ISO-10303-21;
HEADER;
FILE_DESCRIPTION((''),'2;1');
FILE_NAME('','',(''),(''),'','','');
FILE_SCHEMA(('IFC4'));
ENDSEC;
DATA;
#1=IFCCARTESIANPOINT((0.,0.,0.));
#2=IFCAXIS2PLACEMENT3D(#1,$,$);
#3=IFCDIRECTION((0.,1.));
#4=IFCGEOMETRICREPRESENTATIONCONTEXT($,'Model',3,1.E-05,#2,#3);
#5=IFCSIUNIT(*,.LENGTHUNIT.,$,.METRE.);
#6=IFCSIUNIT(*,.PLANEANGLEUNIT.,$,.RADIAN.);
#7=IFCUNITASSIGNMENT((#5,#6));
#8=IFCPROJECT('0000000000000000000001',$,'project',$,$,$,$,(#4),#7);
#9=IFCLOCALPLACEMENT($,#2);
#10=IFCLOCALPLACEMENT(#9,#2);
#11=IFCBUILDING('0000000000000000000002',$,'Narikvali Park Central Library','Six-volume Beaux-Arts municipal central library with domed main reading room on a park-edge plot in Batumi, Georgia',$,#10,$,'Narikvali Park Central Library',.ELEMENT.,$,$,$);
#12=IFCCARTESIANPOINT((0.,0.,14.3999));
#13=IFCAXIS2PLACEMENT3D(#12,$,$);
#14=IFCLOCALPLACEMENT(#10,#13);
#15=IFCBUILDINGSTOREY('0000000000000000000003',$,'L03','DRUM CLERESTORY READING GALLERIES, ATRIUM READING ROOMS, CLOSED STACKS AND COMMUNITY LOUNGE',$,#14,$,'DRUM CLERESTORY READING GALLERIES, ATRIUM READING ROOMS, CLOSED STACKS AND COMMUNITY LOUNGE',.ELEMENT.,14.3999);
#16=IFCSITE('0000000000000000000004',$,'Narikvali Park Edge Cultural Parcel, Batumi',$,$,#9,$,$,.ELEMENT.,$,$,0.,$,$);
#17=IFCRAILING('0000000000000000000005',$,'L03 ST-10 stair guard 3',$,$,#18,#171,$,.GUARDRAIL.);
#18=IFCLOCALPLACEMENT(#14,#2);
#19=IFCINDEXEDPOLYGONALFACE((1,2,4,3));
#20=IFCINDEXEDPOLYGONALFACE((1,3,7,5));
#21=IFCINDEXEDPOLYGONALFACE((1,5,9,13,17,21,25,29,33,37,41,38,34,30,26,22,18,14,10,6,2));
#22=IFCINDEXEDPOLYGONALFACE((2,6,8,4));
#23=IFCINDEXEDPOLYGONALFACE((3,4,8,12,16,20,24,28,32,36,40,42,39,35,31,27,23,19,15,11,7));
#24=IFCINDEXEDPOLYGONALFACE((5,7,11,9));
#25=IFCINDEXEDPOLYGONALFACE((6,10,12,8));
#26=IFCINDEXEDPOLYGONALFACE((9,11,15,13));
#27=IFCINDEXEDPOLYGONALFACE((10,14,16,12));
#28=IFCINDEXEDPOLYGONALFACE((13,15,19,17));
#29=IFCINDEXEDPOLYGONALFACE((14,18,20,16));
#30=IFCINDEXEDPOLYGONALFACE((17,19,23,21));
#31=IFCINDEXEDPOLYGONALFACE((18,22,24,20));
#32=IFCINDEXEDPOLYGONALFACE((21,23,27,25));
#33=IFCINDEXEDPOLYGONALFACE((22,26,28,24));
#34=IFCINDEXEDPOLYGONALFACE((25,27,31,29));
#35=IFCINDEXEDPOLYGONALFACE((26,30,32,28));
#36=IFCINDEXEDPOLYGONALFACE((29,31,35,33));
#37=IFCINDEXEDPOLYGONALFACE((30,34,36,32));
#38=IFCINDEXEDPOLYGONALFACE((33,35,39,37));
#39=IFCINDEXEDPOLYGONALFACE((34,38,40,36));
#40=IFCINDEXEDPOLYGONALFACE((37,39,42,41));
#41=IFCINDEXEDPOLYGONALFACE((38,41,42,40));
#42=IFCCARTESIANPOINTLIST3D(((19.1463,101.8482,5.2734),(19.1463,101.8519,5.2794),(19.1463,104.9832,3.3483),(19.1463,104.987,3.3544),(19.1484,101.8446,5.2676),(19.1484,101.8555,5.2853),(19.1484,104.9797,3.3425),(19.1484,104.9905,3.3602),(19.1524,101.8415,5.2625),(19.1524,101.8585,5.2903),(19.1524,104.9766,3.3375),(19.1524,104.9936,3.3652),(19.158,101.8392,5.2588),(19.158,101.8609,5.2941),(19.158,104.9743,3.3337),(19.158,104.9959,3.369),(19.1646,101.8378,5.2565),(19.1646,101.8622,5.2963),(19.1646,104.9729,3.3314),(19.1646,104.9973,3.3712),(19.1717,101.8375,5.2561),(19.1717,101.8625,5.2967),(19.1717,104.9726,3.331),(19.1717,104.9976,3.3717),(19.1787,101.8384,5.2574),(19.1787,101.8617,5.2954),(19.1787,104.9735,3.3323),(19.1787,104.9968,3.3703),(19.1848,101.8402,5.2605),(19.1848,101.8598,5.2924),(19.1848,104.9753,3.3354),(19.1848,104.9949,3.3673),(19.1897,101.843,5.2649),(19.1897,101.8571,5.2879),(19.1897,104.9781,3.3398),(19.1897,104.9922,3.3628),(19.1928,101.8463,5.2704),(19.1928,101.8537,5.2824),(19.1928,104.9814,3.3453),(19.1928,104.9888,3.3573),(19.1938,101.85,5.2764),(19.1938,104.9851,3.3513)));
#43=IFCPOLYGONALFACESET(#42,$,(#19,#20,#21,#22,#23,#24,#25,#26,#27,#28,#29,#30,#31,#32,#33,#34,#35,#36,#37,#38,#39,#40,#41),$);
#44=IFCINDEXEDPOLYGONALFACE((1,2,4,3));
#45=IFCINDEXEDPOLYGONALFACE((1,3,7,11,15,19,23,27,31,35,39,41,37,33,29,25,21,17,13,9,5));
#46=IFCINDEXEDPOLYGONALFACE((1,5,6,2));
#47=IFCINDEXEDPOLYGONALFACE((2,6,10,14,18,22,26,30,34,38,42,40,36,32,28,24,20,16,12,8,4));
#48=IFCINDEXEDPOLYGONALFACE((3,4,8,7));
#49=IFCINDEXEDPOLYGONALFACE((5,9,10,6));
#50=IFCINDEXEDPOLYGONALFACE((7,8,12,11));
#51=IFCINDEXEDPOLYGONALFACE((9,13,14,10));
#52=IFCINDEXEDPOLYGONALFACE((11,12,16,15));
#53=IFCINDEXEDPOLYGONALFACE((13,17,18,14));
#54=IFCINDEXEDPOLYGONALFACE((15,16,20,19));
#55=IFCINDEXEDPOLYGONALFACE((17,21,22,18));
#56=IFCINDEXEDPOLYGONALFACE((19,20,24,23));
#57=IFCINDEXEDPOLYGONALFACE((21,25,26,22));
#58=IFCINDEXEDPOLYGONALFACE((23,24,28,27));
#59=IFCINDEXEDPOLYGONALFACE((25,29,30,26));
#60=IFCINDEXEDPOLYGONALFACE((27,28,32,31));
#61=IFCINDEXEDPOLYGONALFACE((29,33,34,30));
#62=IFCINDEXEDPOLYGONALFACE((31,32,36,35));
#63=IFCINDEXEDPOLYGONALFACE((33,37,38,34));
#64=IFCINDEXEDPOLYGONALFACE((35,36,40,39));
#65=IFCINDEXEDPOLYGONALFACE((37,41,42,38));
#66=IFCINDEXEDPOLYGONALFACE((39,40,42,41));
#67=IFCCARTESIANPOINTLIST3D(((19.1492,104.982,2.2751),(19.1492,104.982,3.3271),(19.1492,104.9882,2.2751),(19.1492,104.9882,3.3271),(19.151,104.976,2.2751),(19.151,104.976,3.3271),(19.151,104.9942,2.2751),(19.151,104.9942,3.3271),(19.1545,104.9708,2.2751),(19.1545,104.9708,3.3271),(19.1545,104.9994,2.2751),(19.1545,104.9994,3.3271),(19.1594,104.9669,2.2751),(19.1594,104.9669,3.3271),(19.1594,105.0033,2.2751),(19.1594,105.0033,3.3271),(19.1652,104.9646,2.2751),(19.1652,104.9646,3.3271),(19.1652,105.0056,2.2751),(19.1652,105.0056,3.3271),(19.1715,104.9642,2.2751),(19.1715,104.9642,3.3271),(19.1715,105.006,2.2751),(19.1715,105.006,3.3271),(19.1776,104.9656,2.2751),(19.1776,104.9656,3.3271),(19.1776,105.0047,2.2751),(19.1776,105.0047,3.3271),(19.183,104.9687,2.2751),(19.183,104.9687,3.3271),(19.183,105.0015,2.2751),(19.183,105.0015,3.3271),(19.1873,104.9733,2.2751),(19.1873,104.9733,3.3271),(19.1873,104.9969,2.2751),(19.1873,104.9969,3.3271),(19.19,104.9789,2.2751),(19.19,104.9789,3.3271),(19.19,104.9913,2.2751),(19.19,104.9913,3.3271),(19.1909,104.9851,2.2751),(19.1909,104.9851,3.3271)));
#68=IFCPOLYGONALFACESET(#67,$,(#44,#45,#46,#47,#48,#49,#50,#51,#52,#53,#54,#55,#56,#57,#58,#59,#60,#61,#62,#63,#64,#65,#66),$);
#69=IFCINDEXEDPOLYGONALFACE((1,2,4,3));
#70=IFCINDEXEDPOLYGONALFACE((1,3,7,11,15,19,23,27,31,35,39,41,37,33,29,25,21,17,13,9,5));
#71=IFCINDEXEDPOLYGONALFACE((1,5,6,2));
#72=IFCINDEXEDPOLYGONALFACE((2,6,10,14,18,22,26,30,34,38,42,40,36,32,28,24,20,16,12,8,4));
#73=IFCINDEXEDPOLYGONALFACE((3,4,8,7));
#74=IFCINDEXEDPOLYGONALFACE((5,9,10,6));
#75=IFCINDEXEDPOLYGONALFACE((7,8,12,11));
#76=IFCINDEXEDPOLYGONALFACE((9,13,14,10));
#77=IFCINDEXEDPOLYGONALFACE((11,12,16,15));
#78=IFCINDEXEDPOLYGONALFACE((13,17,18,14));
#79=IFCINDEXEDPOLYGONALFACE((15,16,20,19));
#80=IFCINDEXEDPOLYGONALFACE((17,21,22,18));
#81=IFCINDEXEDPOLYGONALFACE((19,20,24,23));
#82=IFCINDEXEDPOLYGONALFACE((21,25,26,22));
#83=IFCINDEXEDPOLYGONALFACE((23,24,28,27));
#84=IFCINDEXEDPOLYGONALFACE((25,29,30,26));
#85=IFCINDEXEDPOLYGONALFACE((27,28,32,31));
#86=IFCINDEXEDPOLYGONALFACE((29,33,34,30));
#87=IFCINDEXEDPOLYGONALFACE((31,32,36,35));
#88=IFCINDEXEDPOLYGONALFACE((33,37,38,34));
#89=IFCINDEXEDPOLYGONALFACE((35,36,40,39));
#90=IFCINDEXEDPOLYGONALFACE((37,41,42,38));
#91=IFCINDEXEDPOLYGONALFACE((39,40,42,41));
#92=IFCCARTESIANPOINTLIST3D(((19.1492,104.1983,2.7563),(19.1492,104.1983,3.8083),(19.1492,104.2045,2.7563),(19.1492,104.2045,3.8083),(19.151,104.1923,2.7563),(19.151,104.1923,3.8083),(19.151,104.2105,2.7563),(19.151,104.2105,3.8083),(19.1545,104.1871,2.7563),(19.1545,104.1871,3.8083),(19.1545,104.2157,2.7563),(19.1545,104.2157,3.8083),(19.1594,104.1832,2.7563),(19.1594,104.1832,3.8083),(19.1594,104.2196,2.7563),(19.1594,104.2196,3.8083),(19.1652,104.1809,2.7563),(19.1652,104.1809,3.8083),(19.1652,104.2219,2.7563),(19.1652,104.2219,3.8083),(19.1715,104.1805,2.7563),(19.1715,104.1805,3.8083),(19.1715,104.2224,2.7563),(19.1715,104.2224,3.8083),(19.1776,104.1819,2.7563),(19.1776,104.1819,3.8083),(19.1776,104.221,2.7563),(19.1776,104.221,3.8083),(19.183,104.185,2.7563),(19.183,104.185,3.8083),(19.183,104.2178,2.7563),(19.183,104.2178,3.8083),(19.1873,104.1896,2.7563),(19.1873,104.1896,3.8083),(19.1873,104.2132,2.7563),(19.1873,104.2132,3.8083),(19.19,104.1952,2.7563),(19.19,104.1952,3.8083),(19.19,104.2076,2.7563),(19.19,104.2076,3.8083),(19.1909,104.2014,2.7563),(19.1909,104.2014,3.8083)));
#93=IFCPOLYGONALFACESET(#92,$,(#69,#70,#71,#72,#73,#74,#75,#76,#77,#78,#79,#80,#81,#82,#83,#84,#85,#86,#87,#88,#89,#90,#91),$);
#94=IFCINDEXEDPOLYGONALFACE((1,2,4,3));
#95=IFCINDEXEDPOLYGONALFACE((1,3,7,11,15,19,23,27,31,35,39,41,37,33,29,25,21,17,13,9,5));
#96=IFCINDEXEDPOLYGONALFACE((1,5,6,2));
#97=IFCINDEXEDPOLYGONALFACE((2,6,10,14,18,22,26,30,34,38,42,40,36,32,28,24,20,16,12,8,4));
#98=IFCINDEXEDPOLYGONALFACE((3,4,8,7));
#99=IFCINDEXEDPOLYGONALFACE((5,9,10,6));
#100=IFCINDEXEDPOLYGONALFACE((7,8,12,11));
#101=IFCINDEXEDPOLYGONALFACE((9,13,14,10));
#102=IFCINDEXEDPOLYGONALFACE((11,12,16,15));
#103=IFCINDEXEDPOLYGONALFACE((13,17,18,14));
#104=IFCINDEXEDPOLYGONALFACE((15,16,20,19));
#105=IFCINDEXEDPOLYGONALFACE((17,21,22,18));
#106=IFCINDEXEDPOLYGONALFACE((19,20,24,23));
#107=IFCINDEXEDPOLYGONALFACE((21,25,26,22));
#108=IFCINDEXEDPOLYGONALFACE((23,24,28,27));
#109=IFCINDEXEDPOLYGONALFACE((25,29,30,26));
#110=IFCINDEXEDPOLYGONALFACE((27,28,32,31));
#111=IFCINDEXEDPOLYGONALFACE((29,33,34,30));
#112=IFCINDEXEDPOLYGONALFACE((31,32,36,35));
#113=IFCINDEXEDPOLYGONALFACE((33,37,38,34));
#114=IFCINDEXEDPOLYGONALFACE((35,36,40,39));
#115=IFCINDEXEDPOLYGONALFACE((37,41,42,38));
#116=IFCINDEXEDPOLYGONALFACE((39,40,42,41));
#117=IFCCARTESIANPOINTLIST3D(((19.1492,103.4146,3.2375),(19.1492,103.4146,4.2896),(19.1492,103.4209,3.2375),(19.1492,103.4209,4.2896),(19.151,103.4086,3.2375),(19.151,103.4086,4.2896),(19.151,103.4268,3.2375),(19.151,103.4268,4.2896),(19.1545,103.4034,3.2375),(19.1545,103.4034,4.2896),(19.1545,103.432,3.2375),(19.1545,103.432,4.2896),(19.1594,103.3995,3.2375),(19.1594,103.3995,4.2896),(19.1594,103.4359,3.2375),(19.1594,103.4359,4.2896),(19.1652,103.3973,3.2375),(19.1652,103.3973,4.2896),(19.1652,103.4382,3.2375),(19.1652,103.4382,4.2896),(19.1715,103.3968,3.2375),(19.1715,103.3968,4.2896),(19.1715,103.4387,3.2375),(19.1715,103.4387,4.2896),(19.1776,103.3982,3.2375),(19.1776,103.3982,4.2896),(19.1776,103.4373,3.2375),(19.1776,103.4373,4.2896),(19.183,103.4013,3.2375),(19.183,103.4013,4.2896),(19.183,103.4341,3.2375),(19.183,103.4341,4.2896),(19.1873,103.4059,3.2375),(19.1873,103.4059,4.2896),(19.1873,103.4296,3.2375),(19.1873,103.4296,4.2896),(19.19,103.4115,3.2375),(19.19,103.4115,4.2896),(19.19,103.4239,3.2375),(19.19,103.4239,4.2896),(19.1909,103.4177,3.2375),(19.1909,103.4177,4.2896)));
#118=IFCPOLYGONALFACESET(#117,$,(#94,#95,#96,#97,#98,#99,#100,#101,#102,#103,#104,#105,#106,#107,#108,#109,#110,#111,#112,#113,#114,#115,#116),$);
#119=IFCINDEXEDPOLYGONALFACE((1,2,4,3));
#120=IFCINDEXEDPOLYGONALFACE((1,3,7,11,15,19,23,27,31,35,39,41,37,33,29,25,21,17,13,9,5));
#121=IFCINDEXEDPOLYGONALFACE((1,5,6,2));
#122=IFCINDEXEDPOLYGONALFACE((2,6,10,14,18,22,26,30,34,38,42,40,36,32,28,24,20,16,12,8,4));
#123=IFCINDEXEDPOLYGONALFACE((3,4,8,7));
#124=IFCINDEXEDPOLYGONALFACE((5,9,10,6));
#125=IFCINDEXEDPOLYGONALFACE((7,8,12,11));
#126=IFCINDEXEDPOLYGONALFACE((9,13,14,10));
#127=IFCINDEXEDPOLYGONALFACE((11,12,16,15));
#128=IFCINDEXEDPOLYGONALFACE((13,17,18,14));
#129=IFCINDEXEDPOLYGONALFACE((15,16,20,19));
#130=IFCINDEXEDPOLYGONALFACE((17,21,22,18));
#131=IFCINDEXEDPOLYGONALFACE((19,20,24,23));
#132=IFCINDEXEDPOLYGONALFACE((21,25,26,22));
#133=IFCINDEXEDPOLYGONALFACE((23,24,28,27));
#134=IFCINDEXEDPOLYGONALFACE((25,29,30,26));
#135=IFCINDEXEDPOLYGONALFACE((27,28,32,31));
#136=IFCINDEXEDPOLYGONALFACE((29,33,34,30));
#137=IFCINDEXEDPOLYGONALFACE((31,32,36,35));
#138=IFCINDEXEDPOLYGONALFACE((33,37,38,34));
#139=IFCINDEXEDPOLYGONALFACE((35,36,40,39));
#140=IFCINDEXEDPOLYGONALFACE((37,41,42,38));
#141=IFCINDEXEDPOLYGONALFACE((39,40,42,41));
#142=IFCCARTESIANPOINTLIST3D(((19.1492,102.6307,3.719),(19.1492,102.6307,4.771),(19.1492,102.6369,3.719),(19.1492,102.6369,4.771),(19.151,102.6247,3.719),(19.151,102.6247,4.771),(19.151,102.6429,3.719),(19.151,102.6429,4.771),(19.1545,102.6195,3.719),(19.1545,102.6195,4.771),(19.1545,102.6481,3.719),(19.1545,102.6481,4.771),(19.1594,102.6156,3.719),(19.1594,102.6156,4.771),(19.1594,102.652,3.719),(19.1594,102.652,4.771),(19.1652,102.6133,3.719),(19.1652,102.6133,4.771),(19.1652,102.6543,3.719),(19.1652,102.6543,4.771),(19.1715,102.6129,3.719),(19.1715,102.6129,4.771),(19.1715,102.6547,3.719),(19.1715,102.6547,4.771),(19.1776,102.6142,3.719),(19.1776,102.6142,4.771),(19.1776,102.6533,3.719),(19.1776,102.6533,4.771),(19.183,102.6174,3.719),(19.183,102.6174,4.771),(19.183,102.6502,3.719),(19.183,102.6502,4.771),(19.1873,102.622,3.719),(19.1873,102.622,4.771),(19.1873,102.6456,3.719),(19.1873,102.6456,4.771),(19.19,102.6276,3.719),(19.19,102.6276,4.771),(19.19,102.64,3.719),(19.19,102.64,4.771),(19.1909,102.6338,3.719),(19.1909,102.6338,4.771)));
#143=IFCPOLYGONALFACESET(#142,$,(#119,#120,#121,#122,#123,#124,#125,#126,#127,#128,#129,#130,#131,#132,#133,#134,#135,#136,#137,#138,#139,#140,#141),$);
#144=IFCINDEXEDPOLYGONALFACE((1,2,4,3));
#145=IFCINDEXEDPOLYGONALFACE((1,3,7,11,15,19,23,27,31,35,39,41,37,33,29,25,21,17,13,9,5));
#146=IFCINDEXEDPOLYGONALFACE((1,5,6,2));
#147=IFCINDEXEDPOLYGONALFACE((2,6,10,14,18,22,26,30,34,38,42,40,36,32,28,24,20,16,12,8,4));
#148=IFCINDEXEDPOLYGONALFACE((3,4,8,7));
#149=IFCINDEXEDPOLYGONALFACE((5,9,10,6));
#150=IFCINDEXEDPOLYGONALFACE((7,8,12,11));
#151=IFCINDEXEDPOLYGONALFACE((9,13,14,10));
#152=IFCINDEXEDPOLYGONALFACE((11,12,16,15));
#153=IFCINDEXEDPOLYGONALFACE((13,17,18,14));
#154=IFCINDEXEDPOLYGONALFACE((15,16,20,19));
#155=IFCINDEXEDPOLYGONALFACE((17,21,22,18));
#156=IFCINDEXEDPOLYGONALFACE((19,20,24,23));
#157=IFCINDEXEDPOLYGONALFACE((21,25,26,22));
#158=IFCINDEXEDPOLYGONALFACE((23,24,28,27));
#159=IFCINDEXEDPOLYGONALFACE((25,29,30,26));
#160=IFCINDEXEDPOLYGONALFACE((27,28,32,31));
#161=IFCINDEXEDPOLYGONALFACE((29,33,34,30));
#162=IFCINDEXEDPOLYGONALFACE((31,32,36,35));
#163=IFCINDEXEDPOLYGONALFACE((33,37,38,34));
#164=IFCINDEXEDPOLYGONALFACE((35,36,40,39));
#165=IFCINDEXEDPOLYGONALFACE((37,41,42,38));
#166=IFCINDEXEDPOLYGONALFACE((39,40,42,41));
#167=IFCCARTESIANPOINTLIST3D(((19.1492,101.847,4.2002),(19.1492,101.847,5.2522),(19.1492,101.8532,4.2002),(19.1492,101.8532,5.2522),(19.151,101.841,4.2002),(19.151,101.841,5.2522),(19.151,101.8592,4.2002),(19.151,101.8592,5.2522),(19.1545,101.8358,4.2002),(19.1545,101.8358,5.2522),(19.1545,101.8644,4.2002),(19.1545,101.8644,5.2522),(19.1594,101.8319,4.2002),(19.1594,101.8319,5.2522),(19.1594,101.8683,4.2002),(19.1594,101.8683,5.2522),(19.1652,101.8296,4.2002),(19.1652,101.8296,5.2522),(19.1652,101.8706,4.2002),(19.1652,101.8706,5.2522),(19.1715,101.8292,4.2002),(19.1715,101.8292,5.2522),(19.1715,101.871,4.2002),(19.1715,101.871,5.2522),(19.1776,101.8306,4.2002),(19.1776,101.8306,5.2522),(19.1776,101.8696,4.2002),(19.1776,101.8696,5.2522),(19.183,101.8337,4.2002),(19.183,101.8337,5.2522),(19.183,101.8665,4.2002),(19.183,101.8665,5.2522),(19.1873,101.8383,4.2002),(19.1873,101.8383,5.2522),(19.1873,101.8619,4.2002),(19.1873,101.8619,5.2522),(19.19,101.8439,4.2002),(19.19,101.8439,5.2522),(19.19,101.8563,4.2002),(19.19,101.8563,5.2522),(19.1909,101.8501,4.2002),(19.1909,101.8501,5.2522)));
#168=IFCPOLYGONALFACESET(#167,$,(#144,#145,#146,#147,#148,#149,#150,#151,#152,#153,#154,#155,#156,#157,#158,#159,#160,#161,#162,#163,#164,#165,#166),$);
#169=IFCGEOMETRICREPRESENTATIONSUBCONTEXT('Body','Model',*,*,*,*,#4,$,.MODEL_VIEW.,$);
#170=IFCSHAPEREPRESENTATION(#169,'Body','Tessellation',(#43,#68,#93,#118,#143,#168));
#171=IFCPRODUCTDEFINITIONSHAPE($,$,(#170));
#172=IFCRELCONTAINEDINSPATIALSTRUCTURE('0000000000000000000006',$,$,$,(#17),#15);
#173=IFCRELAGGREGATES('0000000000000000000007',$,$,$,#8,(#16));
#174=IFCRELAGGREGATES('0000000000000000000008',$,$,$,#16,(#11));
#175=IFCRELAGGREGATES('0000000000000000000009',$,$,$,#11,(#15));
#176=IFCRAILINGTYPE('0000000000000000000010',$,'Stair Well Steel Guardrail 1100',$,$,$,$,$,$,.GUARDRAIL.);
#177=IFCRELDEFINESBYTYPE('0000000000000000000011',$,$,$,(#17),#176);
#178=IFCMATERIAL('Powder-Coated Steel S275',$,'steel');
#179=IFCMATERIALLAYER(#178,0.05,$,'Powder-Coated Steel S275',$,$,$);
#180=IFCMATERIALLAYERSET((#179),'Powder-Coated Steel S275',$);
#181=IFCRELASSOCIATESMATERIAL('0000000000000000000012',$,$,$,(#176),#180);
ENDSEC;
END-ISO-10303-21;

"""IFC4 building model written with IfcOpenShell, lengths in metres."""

from ifc_helpers import new_model, si_unit, direction, frame, origin, origin_2d, place, context, subcontext, project, spatial, circle, extrude, material, layer, layer_set, type_object, element, save


model = new_model("IFC4")

# Units and contexts
model_context = context("Model", 3, precision=1e-05, world=origin(), true_north=direction((0.0, 1.0)))
body_context = subcontext(model_context, "Body", "Model", "MODEL_VIEW")
ifc_project = project(units=[si_unit("LENGTHUNIT", "METRE"), si_unit("PLANEANGLEUNIT", "RADIAN")], contexts=[model_context])

# Site, building, storey
site_placement = place(None, origin())
site = spatial("IfcSite", under=ifc_project, at=site_placement, Name="Narikvali Park Edge Cultural Parcel, Batumi", CompositionType="ELEMENT", RefElevation=0.0)
building_placement = place(site_placement, origin())
building = spatial("IfcBuilding", under=site, at=building_placement, Name="Narikvali Park Central Library", Description="Six-volume Beaux-Arts municipal central library with domed main reading room on a park-edge plot in Batumi, Georgia", LongName="Narikvali Park Central Library", CompositionType="ELEMENT")
storey_placement = place(building_placement, frame((0.0, 0.0, 14.3999)))
storey = spatial("IfcBuildingStorey", under=building, at=storey_placement, Name="L03", Description="DRUM CLERESTORY READING GALLERIES, ATRIUM READING ROOMS, CLOSED STACKS AND COMMUNITY LOUNGE", LongName="DRUM CLERESTORY READING GALLERIES, ATRIUM READING ROOMS, CLOSED STACKS AND COMMUNITY LOUNGE", CompositionType="ELEMENT", Elevation=14.3999)

# Railing
ifc_material_1 = material(Name="Powder-Coated Steel S275", Category="steel")
ifc_layer_1 = layer(ifc_material_1, 0.05, Name="Powder-Coated Steel S275")
ifc_layer_set_1 = layer_set([ifc_layer_1], Name="Powder-Coated Steel S275")
railing_type_1 = type_object("IfcRailingType", Name="Stair Well Steel Guardrail 1100", PredefinedType="GUARDRAIL", material=ifc_layer_set_1)
railing_1_placement = place(storey_placement, frame((19.1699, 104.9851, 2.2751)))
element("IfcRailing", 1, at=railing_1_placement, inside=storey, type_object=railing_type_1, Name="L03 ST-10 stair guard 3", PredefinedType="GUARDRAIL", context=body_context, shape_type="SweptSolid", body=[
    extrude(circle(Radius=0.0239, at=origin_2d()), frame((0.0, 0.0, 1.0762), z_axis=(0.0, -0.852166, 0.523271), x_axis=(1.0, 0.0, 0.0)), (0.0, 0.0, 1.0), 3.679),
    extrude(circle(Radius=0.021, at=origin_2d()), origin(), (0.0, 0.0, 1.0), 1.052),
    extrude(circle(Radius=0.021, at=origin_2d()), frame((0.0, -0.7837, 0.4812)), (0.0, 0.0, 1.0), 1.052),
    extrude(circle(Radius=0.021, at=origin_2d()), frame((0.0, -1.5674, 0.9624)), (0.0, 0.0, 1.0), 1.052),
    extrude(circle(Radius=0.021, at=origin_2d()), frame((0.0, -2.3513, 1.4438)), (0.0, 0.0, 1.0), 1.052),
    extrude(circle(Radius=0.021, at=origin_2d()), frame((0.0, -3.135, 1.925)), (0.0, 0.0, 1.0), 1.052),
])

save(model, "model.ifc")
